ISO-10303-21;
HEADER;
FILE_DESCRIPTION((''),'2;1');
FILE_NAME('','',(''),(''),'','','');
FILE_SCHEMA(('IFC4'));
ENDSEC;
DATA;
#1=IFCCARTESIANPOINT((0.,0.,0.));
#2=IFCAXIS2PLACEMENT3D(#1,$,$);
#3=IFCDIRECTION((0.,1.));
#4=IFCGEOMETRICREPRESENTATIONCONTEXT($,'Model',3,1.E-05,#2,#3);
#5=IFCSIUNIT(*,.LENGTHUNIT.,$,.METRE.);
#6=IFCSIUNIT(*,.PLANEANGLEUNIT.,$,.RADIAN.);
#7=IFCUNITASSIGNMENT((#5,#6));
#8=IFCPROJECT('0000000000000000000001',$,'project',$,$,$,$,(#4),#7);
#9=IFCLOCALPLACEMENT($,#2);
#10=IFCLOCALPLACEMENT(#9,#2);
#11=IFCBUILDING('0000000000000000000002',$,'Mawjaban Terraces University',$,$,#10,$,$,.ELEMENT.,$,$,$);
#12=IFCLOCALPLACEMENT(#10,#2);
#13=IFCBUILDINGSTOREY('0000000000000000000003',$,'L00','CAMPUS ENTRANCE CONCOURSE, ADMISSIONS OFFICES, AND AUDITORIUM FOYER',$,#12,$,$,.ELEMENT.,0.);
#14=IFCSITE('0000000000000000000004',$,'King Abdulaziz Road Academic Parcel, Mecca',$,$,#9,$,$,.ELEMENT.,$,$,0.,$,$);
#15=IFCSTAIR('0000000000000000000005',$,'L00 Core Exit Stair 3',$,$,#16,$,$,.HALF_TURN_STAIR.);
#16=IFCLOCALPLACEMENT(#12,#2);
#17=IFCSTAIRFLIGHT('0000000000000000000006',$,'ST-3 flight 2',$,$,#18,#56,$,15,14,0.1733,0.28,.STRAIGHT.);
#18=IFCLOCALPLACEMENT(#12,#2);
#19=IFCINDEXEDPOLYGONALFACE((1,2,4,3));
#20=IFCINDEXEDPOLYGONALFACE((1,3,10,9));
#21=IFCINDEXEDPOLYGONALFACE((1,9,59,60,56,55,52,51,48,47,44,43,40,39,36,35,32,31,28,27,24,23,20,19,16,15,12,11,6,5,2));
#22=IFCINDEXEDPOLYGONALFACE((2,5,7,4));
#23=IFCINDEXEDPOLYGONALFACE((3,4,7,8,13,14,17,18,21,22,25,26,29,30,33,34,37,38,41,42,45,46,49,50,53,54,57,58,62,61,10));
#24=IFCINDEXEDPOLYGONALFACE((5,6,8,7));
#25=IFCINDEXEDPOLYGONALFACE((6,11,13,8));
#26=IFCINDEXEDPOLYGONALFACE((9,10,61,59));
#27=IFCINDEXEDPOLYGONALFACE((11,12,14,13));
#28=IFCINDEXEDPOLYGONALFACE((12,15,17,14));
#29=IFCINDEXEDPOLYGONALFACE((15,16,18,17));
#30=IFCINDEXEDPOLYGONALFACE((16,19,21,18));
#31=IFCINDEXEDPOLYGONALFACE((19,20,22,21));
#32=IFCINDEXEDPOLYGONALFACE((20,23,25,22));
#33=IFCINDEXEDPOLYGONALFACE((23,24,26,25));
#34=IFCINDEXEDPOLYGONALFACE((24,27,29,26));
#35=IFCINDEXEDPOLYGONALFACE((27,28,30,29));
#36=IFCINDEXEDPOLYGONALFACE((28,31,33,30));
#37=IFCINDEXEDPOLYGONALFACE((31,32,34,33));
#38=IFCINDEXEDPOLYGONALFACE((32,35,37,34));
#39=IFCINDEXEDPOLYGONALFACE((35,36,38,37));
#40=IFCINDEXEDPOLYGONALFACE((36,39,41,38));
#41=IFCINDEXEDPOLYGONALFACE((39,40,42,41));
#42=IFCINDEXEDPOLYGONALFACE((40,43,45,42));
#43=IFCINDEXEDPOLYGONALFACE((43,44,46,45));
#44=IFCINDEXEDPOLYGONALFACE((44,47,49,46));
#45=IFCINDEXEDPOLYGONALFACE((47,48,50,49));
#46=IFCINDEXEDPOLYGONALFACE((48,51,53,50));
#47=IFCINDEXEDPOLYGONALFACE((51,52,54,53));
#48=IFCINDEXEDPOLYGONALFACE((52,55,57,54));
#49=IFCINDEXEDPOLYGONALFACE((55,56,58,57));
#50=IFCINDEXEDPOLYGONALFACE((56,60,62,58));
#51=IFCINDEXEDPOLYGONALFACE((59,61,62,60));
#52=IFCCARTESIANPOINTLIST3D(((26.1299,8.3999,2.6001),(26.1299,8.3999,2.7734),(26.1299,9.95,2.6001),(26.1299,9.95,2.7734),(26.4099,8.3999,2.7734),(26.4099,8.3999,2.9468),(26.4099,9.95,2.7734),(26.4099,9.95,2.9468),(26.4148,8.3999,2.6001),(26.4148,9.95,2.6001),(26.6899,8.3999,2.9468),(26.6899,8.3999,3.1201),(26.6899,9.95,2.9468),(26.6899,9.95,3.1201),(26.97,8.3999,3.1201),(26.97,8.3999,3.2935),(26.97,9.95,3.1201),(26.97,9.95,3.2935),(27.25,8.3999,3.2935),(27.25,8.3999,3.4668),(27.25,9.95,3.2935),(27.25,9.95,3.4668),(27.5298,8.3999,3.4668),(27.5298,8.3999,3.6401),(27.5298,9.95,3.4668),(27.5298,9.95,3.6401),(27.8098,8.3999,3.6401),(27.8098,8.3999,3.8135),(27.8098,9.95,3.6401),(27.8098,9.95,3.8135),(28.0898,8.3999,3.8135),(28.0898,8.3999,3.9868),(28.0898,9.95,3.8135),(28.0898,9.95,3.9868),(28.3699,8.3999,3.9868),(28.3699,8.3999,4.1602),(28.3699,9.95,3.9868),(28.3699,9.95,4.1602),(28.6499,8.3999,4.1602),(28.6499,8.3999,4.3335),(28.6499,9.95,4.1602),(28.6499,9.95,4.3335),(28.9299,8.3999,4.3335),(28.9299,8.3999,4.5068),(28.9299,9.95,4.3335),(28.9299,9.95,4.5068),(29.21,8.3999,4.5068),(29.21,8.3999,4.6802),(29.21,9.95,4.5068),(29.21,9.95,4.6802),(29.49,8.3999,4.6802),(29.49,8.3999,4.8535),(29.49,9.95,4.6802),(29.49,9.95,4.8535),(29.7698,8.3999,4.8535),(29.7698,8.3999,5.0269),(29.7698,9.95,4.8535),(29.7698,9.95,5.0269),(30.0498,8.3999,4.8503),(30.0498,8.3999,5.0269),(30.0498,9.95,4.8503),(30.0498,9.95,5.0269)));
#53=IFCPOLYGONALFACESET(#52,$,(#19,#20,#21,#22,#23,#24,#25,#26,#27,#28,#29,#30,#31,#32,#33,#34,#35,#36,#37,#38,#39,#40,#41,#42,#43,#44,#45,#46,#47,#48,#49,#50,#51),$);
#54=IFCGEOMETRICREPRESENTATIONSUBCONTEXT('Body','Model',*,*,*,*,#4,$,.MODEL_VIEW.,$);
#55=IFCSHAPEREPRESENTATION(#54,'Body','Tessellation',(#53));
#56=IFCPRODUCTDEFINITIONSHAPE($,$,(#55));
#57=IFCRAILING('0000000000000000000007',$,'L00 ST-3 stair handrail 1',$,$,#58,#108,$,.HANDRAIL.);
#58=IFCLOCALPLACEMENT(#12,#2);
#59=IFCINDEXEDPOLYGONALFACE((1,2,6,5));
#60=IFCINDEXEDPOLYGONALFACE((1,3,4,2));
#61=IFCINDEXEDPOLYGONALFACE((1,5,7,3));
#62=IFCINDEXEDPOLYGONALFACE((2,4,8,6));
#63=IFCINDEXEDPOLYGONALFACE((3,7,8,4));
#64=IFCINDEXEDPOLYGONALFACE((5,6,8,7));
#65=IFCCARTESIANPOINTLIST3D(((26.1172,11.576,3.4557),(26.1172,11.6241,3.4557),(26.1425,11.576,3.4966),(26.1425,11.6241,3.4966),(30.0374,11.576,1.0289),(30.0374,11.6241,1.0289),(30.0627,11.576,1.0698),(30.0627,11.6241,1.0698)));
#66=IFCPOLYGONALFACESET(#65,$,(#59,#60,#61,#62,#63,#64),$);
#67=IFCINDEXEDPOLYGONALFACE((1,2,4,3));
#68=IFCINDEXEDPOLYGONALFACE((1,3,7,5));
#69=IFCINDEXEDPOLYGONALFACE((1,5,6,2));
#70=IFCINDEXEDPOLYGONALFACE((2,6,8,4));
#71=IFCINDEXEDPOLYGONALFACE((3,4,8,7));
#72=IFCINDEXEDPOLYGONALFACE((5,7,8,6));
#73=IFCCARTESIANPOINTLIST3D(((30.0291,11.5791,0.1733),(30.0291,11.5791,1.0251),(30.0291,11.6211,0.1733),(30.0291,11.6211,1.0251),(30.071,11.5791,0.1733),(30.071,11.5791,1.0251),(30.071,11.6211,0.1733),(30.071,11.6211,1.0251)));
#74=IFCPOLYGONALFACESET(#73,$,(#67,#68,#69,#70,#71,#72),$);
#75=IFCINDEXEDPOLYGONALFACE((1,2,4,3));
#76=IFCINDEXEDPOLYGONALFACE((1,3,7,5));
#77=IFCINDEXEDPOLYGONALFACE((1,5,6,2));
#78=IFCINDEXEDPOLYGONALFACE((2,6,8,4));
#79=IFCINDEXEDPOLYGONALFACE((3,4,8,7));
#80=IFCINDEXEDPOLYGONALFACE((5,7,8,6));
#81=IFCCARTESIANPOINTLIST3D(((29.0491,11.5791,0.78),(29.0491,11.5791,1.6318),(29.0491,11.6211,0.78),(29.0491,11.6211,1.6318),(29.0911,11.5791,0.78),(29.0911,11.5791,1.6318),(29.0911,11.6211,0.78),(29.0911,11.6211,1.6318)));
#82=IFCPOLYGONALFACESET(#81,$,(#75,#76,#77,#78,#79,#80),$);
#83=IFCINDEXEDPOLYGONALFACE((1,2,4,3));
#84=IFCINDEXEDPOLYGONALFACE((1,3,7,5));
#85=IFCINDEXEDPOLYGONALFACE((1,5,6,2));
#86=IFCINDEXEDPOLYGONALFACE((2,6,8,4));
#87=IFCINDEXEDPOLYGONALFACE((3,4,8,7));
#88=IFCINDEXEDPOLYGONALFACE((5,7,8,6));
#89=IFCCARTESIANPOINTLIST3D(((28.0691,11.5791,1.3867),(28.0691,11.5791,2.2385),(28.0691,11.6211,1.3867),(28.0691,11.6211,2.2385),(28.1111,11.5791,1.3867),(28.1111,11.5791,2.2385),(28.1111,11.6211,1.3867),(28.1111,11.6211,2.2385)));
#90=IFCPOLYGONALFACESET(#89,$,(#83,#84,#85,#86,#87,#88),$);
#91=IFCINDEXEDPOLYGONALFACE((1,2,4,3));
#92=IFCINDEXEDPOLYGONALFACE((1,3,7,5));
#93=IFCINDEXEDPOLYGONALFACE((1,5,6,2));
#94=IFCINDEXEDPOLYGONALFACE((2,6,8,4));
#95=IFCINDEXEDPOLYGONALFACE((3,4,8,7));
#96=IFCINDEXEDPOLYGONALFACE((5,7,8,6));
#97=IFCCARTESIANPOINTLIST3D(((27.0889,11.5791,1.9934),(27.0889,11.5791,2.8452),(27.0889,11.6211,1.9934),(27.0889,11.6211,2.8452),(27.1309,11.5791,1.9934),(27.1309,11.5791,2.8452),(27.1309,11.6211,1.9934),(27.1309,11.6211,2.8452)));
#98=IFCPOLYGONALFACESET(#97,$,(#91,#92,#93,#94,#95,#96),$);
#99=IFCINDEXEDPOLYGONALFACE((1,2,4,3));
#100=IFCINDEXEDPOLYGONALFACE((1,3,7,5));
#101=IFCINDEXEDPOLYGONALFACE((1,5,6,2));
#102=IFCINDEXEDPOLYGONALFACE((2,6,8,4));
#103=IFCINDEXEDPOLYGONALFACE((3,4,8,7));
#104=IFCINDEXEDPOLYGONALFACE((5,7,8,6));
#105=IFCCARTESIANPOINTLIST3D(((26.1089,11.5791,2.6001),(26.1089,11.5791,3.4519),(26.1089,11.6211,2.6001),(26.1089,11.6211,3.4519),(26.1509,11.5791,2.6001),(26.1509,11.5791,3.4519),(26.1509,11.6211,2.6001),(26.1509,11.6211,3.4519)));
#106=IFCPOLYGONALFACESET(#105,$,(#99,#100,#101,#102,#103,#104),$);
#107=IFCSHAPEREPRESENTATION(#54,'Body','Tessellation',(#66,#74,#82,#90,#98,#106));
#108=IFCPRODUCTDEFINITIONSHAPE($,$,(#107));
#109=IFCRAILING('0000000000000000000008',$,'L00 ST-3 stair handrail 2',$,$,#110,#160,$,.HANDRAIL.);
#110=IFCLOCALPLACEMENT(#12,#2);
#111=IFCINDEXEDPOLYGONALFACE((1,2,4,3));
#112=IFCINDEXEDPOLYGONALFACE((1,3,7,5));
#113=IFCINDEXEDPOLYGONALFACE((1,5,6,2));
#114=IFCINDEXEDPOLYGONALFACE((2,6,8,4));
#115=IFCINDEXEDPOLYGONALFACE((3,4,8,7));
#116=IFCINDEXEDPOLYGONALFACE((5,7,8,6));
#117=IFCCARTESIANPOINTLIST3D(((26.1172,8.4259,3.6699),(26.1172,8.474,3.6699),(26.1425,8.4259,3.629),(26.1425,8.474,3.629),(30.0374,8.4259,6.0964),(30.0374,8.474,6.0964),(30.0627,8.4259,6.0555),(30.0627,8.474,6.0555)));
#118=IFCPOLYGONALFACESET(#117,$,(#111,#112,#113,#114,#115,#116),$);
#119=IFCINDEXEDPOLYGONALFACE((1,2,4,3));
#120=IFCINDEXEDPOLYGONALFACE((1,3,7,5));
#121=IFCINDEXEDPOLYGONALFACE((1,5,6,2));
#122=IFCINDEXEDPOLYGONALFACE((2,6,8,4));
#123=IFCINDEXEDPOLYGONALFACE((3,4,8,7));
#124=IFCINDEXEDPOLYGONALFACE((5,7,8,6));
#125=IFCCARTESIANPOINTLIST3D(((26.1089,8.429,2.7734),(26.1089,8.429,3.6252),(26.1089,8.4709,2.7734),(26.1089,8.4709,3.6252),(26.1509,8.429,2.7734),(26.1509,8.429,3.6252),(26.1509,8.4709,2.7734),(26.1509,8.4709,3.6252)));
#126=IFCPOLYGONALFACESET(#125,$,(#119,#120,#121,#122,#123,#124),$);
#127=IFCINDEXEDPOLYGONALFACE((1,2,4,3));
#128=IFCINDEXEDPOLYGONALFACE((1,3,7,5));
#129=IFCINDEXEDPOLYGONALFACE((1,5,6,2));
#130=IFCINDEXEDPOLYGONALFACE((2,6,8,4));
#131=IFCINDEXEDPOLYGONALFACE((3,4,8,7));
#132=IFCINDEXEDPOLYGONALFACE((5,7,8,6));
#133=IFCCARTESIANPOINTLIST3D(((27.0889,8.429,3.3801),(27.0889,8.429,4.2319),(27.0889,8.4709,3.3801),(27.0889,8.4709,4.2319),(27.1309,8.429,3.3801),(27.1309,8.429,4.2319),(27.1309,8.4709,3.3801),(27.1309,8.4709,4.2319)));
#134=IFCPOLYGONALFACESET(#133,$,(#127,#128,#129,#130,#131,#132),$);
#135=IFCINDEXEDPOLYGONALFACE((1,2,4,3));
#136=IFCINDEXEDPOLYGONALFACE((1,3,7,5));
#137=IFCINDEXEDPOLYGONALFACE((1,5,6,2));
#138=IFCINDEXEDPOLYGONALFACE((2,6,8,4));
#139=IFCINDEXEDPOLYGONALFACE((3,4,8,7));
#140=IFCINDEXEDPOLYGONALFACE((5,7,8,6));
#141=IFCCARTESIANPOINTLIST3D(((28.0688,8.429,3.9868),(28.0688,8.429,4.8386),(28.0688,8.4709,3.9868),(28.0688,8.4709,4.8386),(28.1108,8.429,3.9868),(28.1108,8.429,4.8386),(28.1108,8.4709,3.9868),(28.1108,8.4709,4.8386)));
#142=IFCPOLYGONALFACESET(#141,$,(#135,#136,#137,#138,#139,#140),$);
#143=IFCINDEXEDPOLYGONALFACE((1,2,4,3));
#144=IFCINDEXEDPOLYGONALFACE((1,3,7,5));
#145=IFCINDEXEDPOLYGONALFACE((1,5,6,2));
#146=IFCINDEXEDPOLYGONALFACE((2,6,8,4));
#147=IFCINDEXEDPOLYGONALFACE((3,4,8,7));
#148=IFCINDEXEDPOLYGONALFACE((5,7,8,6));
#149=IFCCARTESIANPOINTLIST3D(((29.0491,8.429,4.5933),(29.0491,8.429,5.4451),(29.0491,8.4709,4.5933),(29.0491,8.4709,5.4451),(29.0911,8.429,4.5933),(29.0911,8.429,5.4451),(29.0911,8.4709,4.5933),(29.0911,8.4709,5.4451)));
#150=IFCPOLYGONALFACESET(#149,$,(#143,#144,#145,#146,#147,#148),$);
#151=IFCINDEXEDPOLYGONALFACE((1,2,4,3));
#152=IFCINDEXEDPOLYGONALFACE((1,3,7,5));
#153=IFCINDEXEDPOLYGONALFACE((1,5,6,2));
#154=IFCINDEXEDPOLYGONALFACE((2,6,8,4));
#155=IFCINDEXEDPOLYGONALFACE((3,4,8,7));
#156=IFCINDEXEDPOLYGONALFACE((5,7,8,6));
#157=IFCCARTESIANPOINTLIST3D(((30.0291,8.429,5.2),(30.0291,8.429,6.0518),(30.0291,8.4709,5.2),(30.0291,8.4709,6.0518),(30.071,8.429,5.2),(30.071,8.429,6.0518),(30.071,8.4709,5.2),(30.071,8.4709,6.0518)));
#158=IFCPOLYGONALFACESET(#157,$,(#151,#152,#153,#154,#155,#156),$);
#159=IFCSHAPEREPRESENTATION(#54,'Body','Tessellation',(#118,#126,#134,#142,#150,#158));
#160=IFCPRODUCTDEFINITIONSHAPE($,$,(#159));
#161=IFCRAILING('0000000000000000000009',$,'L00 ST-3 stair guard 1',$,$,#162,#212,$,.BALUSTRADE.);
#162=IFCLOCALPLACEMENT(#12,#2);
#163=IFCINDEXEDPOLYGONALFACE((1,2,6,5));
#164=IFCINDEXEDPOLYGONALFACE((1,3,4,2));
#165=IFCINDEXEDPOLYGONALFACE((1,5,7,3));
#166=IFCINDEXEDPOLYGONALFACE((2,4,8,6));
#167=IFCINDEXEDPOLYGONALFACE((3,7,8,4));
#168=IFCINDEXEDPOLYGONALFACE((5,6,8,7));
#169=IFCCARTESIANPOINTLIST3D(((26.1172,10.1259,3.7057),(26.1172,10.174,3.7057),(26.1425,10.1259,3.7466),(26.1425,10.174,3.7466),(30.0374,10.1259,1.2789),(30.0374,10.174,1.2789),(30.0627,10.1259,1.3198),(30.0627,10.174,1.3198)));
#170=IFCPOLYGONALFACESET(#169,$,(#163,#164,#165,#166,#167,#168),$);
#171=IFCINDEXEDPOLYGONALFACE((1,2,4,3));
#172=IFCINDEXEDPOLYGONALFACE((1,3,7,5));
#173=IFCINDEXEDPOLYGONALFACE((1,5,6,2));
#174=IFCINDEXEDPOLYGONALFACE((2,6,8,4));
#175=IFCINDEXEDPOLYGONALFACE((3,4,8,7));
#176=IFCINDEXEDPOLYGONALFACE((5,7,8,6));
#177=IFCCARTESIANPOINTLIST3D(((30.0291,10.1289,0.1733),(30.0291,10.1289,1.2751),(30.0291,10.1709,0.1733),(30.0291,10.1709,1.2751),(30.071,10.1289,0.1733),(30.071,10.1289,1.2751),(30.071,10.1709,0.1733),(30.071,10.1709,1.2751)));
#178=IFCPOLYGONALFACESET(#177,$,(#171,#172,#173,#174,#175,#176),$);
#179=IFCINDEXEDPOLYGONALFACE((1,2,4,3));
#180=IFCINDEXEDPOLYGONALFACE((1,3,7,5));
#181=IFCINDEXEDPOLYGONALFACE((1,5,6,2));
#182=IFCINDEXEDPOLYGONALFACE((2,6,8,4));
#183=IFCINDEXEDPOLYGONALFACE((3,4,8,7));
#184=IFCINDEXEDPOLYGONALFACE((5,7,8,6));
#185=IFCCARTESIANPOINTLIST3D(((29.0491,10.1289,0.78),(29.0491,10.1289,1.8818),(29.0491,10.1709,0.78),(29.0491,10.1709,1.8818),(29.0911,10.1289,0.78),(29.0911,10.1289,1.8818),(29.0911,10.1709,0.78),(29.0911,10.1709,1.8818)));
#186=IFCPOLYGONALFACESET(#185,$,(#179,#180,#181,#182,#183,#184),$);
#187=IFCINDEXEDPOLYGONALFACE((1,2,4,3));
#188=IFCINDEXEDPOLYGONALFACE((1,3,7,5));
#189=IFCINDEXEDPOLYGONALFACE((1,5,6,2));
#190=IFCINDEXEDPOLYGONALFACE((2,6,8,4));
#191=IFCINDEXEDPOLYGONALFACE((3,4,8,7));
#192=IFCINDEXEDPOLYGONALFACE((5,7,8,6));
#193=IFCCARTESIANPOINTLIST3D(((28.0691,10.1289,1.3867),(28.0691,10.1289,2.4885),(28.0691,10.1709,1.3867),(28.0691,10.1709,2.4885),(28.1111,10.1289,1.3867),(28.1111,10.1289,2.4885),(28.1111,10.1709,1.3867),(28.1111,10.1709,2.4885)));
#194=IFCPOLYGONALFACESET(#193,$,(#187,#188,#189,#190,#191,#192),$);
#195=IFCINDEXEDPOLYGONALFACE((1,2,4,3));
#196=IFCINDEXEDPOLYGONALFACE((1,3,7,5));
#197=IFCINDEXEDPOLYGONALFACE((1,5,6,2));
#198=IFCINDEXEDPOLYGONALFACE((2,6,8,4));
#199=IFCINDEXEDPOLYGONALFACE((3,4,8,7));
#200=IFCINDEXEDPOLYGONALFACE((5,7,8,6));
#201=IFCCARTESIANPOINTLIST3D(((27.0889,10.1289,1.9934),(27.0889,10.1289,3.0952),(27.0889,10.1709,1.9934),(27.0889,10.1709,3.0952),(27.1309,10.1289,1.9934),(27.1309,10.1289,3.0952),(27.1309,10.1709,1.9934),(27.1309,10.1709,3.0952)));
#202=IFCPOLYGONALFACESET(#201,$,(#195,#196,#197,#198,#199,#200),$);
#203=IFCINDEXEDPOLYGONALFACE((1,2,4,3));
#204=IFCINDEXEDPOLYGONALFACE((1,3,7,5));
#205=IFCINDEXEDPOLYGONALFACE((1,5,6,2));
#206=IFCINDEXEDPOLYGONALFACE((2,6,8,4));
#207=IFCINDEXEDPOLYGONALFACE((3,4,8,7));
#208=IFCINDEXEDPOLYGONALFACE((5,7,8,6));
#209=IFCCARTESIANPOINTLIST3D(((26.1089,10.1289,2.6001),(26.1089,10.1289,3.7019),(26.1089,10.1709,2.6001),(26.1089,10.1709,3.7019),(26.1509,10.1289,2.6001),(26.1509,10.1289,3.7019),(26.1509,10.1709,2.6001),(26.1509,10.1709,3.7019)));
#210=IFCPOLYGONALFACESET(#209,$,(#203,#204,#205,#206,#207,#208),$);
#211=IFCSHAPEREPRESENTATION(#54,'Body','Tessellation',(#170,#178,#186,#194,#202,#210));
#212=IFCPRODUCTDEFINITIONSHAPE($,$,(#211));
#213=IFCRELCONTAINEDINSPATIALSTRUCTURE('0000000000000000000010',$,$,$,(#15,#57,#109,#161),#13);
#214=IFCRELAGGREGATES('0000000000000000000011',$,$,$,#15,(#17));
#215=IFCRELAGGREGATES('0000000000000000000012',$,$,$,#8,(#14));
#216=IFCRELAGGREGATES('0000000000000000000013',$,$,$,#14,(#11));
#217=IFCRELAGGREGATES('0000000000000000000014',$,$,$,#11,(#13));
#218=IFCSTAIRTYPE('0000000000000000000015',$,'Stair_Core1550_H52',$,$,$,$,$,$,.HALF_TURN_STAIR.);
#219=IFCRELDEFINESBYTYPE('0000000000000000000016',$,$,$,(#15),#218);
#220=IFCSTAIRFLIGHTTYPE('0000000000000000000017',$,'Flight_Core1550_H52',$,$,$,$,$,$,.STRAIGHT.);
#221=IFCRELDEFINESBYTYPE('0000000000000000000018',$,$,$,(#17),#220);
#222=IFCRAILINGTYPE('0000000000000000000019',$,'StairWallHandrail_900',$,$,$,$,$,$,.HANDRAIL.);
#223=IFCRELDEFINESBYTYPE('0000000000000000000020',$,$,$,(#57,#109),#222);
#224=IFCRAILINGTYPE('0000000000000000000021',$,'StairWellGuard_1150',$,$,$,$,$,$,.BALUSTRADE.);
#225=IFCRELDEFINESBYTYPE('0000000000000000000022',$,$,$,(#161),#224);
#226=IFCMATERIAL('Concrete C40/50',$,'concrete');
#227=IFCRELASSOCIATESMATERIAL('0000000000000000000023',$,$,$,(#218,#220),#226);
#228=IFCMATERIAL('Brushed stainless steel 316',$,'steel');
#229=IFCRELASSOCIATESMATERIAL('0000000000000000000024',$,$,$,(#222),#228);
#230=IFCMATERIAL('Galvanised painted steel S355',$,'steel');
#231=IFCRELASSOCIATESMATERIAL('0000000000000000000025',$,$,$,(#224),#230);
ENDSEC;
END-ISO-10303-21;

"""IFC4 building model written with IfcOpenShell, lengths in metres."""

from ifc_helpers import new_model, si_unit, direction, frame, origin, origin_2d, place, context, subcontext, project, spatial, polyline, rectangle, outline, extrude, material, type_object, element, aggregate, save


model = new_model("IFC4")

# Units and contexts
model_context = context("Model", 3, precision=1e-05, world=origin(), true_north=direction((0.0, 1.0)))
body_context = subcontext(model_context, "Body", "Model", "MODEL_VIEW")
ifc_project = project(units=[si_unit("LENGTHUNIT", "METRE"), si_unit("PLANEANGLEUNIT", "RADIAN")], contexts=[model_context])

# Site, building, storey
site_placement = place(None, origin())
site = spatial("IfcSite", under=ifc_project, at=site_placement, Name="King Abdulaziz Road Academic Parcel, Mecca", CompositionType="ELEMENT", RefElevation=0.0)
building_placement = place(site_placement, origin())
building = spatial("IfcBuilding", under=site, at=building_placement, Name="Mawjaban Terraces University", CompositionType="ELEMENT")
storey_placement = place(building_placement, origin())
storey = spatial("IfcBuildingStorey", under=building, at=storey_placement, Name="L00", Description="CAMPUS ENTRANCE CONCOURSE, ADMISSIONS OFFICES, AND AUDITORIUM FOYER", CompositionType="ELEMENT", Elevation=0.0)

# Shared definitions
ifc_material_1 = material(Name="Concrete C40/50", Category="concrete")

# Stair, stair flight
stair_type = type_object("IfcStairType", Name="Stair_Core1550_H52", PredefinedType="HALF_TURN_STAIR", material=ifc_material_1)
stair_placement = place(storey_placement, origin())
stair = element("IfcStair", 1, at=stair_placement, inside=storey, type_object=stair_type, Name="L00 Core Exit Stair 3", PredefinedType="HALF_TURN_STAIR")
stair_flight_type = type_object("IfcStairFlightType", Name="Flight_Core1550_H52", PredefinedType="STRAIGHT", material=ifc_material_1)
stair_flight_1_placement = place(storey_placement, frame((26.1299, 9.175, 2.6001), z_axis=(0.0, 0.0, 1.0), x_axis=(1.0, 0.0, 0.0)))
stair_flight_1 = element("IfcStairFlight", 2, at=stair_flight_1_placement, type_object=stair_flight_type, Name="ST-3 flight 2", NumberOfRisers=15, NumberOfTreads=14, PredefinedType="STRAIGHT", RiserHeight=0.1733, TreadLength=0.28, context=body_context, shape_type="SweptSolid", body=[
    extrude(outline(polyline([(0.0, 0.0), (0.0, 0.1733), (0.28, 0.1733), (0.28, 0.3467), (0.5601, 0.3467), (0.5601, 0.52), (0.8401, 0.52), (0.8401, 0.6934), (1.1201, 0.6934), (1.1201, 0.8667), (1.3999, 0.8667), (1.3999, 1.04), (1.6799, 1.04), (1.6799, 1.2134), (1.96, 1.2134), (1.96, 1.3867), (2.24, 1.3867), (2.24, 1.5601), (2.52, 1.5601), (2.52, 1.7334), (2.8, 1.7334), (2.8, 1.9067), (3.0801, 1.9067), (3.0801, 2.0801), (3.3601, 2.0801), (3.3601, 2.2534), (3.6399, 2.2534), (3.6399, 2.4268), (3.9199, 2.4268), (3.9199, 2.6001), (3.9199, 2.2502), (0.2849, 0.0), (0.0, 0.0)])), frame((0.0, 0.7749, 0.0), z_axis=(0.0, -1.0, 0.0), x_axis=(1.0, 0.0, 0.0)), (0.0, 0.0, 1.0), 1.55),
])
aggregate(stair, [stair_flight_1])

# Railings
ifc_material_2 = material(Name="Brushed stainless steel 316", Category="steel")
railing_type_1 = type_object("IfcRailingType", Name="StairWallHandrail_900", PredefinedType="HANDRAIL", material=ifc_material_2)
railing_1_placement = place(storey_placement, frame((30.05, 11.6001, 0.1733)))
element("IfcRailing", 3, at=railing_1_placement, inside=storey, type_object=railing_type_1, Name="L00 ST-3 stair handrail 1", PredefinedType="HANDRAIL", context=body_context, shape_type="SweptSolid", body=[
    extrude(rectangle(XDim=0.0481, YDim=0.0481, at=origin_2d()), frame((0.0, 0.0, 0.876), z_axis=(-0.850266, 0.0, 0.526353), x_axis=(0.0, -1.0, 0.0)), (0.0, 0.0, 1.0), 4.6106),
    extrude(rectangle(XDim=0.042, YDim=0.042, at=origin_2d()), origin(), (0.0, 0.0, 1.0), 0.8518),
    extrude(rectangle(XDim=0.042, YDim=0.042, at=origin_2d()), frame((-0.98, 0.0, 0.6067)), (0.0, 0.0, 1.0), 0.8518),
    extrude(rectangle(XDim=0.042, YDim=0.042, at=origin_2d()), frame((-1.96, 0.0, 1.2134)), (0.0, 0.0, 1.0), 0.8518),
    extrude(rectangle(XDim=0.042, YDim=0.042, at=origin_2d()), frame((-2.9402, 0.0, 1.8201)), (0.0, 0.0, 1.0), 0.8518),
    extrude(rectangle(XDim=0.042, YDim=0.042, at=origin_2d()), frame((-3.9202, 0.0, 2.4268)), (0.0, 0.0, 1.0), 0.8518),
])
railing_2_placement = place(storey_placement, frame((26.1299, 8.45, 2.7734)))
element("IfcRailing", 4, at=railing_2_placement, inside=storey, type_object=railing_type_1, Name="L00 ST-3 stair handrail 2", PredefinedType="HANDRAIL", context=body_context, shape_type="SweptSolid", body=[
    extrude(rectangle(XDim=0.0481, YDim=0.0481, at=origin_2d()), frame((0.0, 0.0, 0.876), z_axis=(0.85029, 0.0, 0.526315), x_axis=(0.0, 1.0, 0.0)), (0.0, 0.0, 1.0), 4.6104),
    extrude(rectangle(XDim=0.042, YDim=0.042, at=origin_2d()), origin(), (0.0, 0.0, 1.0), 0.8518),
    extrude(rectangle(XDim=0.042, YDim=0.042, at=origin_2d()), frame((0.98, 0.0, 0.6067)), (0.0, 0.0, 1.0), 0.8518),
    extrude(rectangle(XDim=0.042, YDim=0.042, at=origin_2d()), frame((1.96, 0.0, 1.2134)), (0.0, 0.0, 1.0), 0.8518),
    extrude(rectangle(XDim=0.042, YDim=0.042, at=origin_2d()), frame((2.9402, 0.0, 1.8198)), (0.0, 0.0, 1.0), 0.8518),
    extrude(rectangle(XDim=0.042, YDim=0.042, at=origin_2d()), frame((3.9202, 0.0, 2.4265)), (0.0, 0.0, 1.0), 0.8518),
])
ifc_material_3 = material(Name="Galvanised painted steel S355", Category="steel")
railing_type_2 = type_object("IfcRailingType", Name="StairWellGuard_1150", PredefinedType="BALUSTRADE", material=ifc_material_3)
railing_3_placement = place(storey_placement, frame((30.05, 10.1499, 0.1733)))
element("IfcRailing", 5, at=railing_3_placement, inside=storey, type_object=railing_type_2, Name="L00 ST-3 stair guard 1", PredefinedType="BALUSTRADE", context=body_context, shape_type="SweptSolid", body=[
    extrude(rectangle(XDim=0.0481, YDim=0.0481, at=origin_2d()), frame((0.0, 0.0, 1.126), z_axis=(-0.850266, 0.0, 0.526353), x_axis=(0.0, -1.0, 0.0)), (0.0, 0.0, 1.0), 4.6106),
    extrude(rectangle(XDim=0.042, YDim=0.042, at=origin_2d()), origin(), (0.0, 0.0, 1.0), 1.1018),
    extrude(rectangle(XDim=0.042, YDim=0.042, at=origin_2d()), frame((-0.98, 0.0, 0.6067)), (0.0, 0.0, 1.0), 1.1018),
    extrude(rectangle(XDim=0.042, YDim=0.042, at=origin_2d()), frame((-1.96, 0.0, 1.2134)), (0.0, 0.0, 1.0), 1.1018),
    extrude(rectangle(XDim=0.042, YDim=0.042, at=origin_2d()), frame((-2.9402, 0.0, 1.8201)), (0.0, 0.0, 1.0), 1.1018),
    extrude(rectangle(XDim=0.042, YDim=0.042, at=origin_2d()), frame((-3.9202, 0.0, 2.4268)), (0.0, 0.0, 1.0), 1.1018),
])

save(model, "model.ifc")
